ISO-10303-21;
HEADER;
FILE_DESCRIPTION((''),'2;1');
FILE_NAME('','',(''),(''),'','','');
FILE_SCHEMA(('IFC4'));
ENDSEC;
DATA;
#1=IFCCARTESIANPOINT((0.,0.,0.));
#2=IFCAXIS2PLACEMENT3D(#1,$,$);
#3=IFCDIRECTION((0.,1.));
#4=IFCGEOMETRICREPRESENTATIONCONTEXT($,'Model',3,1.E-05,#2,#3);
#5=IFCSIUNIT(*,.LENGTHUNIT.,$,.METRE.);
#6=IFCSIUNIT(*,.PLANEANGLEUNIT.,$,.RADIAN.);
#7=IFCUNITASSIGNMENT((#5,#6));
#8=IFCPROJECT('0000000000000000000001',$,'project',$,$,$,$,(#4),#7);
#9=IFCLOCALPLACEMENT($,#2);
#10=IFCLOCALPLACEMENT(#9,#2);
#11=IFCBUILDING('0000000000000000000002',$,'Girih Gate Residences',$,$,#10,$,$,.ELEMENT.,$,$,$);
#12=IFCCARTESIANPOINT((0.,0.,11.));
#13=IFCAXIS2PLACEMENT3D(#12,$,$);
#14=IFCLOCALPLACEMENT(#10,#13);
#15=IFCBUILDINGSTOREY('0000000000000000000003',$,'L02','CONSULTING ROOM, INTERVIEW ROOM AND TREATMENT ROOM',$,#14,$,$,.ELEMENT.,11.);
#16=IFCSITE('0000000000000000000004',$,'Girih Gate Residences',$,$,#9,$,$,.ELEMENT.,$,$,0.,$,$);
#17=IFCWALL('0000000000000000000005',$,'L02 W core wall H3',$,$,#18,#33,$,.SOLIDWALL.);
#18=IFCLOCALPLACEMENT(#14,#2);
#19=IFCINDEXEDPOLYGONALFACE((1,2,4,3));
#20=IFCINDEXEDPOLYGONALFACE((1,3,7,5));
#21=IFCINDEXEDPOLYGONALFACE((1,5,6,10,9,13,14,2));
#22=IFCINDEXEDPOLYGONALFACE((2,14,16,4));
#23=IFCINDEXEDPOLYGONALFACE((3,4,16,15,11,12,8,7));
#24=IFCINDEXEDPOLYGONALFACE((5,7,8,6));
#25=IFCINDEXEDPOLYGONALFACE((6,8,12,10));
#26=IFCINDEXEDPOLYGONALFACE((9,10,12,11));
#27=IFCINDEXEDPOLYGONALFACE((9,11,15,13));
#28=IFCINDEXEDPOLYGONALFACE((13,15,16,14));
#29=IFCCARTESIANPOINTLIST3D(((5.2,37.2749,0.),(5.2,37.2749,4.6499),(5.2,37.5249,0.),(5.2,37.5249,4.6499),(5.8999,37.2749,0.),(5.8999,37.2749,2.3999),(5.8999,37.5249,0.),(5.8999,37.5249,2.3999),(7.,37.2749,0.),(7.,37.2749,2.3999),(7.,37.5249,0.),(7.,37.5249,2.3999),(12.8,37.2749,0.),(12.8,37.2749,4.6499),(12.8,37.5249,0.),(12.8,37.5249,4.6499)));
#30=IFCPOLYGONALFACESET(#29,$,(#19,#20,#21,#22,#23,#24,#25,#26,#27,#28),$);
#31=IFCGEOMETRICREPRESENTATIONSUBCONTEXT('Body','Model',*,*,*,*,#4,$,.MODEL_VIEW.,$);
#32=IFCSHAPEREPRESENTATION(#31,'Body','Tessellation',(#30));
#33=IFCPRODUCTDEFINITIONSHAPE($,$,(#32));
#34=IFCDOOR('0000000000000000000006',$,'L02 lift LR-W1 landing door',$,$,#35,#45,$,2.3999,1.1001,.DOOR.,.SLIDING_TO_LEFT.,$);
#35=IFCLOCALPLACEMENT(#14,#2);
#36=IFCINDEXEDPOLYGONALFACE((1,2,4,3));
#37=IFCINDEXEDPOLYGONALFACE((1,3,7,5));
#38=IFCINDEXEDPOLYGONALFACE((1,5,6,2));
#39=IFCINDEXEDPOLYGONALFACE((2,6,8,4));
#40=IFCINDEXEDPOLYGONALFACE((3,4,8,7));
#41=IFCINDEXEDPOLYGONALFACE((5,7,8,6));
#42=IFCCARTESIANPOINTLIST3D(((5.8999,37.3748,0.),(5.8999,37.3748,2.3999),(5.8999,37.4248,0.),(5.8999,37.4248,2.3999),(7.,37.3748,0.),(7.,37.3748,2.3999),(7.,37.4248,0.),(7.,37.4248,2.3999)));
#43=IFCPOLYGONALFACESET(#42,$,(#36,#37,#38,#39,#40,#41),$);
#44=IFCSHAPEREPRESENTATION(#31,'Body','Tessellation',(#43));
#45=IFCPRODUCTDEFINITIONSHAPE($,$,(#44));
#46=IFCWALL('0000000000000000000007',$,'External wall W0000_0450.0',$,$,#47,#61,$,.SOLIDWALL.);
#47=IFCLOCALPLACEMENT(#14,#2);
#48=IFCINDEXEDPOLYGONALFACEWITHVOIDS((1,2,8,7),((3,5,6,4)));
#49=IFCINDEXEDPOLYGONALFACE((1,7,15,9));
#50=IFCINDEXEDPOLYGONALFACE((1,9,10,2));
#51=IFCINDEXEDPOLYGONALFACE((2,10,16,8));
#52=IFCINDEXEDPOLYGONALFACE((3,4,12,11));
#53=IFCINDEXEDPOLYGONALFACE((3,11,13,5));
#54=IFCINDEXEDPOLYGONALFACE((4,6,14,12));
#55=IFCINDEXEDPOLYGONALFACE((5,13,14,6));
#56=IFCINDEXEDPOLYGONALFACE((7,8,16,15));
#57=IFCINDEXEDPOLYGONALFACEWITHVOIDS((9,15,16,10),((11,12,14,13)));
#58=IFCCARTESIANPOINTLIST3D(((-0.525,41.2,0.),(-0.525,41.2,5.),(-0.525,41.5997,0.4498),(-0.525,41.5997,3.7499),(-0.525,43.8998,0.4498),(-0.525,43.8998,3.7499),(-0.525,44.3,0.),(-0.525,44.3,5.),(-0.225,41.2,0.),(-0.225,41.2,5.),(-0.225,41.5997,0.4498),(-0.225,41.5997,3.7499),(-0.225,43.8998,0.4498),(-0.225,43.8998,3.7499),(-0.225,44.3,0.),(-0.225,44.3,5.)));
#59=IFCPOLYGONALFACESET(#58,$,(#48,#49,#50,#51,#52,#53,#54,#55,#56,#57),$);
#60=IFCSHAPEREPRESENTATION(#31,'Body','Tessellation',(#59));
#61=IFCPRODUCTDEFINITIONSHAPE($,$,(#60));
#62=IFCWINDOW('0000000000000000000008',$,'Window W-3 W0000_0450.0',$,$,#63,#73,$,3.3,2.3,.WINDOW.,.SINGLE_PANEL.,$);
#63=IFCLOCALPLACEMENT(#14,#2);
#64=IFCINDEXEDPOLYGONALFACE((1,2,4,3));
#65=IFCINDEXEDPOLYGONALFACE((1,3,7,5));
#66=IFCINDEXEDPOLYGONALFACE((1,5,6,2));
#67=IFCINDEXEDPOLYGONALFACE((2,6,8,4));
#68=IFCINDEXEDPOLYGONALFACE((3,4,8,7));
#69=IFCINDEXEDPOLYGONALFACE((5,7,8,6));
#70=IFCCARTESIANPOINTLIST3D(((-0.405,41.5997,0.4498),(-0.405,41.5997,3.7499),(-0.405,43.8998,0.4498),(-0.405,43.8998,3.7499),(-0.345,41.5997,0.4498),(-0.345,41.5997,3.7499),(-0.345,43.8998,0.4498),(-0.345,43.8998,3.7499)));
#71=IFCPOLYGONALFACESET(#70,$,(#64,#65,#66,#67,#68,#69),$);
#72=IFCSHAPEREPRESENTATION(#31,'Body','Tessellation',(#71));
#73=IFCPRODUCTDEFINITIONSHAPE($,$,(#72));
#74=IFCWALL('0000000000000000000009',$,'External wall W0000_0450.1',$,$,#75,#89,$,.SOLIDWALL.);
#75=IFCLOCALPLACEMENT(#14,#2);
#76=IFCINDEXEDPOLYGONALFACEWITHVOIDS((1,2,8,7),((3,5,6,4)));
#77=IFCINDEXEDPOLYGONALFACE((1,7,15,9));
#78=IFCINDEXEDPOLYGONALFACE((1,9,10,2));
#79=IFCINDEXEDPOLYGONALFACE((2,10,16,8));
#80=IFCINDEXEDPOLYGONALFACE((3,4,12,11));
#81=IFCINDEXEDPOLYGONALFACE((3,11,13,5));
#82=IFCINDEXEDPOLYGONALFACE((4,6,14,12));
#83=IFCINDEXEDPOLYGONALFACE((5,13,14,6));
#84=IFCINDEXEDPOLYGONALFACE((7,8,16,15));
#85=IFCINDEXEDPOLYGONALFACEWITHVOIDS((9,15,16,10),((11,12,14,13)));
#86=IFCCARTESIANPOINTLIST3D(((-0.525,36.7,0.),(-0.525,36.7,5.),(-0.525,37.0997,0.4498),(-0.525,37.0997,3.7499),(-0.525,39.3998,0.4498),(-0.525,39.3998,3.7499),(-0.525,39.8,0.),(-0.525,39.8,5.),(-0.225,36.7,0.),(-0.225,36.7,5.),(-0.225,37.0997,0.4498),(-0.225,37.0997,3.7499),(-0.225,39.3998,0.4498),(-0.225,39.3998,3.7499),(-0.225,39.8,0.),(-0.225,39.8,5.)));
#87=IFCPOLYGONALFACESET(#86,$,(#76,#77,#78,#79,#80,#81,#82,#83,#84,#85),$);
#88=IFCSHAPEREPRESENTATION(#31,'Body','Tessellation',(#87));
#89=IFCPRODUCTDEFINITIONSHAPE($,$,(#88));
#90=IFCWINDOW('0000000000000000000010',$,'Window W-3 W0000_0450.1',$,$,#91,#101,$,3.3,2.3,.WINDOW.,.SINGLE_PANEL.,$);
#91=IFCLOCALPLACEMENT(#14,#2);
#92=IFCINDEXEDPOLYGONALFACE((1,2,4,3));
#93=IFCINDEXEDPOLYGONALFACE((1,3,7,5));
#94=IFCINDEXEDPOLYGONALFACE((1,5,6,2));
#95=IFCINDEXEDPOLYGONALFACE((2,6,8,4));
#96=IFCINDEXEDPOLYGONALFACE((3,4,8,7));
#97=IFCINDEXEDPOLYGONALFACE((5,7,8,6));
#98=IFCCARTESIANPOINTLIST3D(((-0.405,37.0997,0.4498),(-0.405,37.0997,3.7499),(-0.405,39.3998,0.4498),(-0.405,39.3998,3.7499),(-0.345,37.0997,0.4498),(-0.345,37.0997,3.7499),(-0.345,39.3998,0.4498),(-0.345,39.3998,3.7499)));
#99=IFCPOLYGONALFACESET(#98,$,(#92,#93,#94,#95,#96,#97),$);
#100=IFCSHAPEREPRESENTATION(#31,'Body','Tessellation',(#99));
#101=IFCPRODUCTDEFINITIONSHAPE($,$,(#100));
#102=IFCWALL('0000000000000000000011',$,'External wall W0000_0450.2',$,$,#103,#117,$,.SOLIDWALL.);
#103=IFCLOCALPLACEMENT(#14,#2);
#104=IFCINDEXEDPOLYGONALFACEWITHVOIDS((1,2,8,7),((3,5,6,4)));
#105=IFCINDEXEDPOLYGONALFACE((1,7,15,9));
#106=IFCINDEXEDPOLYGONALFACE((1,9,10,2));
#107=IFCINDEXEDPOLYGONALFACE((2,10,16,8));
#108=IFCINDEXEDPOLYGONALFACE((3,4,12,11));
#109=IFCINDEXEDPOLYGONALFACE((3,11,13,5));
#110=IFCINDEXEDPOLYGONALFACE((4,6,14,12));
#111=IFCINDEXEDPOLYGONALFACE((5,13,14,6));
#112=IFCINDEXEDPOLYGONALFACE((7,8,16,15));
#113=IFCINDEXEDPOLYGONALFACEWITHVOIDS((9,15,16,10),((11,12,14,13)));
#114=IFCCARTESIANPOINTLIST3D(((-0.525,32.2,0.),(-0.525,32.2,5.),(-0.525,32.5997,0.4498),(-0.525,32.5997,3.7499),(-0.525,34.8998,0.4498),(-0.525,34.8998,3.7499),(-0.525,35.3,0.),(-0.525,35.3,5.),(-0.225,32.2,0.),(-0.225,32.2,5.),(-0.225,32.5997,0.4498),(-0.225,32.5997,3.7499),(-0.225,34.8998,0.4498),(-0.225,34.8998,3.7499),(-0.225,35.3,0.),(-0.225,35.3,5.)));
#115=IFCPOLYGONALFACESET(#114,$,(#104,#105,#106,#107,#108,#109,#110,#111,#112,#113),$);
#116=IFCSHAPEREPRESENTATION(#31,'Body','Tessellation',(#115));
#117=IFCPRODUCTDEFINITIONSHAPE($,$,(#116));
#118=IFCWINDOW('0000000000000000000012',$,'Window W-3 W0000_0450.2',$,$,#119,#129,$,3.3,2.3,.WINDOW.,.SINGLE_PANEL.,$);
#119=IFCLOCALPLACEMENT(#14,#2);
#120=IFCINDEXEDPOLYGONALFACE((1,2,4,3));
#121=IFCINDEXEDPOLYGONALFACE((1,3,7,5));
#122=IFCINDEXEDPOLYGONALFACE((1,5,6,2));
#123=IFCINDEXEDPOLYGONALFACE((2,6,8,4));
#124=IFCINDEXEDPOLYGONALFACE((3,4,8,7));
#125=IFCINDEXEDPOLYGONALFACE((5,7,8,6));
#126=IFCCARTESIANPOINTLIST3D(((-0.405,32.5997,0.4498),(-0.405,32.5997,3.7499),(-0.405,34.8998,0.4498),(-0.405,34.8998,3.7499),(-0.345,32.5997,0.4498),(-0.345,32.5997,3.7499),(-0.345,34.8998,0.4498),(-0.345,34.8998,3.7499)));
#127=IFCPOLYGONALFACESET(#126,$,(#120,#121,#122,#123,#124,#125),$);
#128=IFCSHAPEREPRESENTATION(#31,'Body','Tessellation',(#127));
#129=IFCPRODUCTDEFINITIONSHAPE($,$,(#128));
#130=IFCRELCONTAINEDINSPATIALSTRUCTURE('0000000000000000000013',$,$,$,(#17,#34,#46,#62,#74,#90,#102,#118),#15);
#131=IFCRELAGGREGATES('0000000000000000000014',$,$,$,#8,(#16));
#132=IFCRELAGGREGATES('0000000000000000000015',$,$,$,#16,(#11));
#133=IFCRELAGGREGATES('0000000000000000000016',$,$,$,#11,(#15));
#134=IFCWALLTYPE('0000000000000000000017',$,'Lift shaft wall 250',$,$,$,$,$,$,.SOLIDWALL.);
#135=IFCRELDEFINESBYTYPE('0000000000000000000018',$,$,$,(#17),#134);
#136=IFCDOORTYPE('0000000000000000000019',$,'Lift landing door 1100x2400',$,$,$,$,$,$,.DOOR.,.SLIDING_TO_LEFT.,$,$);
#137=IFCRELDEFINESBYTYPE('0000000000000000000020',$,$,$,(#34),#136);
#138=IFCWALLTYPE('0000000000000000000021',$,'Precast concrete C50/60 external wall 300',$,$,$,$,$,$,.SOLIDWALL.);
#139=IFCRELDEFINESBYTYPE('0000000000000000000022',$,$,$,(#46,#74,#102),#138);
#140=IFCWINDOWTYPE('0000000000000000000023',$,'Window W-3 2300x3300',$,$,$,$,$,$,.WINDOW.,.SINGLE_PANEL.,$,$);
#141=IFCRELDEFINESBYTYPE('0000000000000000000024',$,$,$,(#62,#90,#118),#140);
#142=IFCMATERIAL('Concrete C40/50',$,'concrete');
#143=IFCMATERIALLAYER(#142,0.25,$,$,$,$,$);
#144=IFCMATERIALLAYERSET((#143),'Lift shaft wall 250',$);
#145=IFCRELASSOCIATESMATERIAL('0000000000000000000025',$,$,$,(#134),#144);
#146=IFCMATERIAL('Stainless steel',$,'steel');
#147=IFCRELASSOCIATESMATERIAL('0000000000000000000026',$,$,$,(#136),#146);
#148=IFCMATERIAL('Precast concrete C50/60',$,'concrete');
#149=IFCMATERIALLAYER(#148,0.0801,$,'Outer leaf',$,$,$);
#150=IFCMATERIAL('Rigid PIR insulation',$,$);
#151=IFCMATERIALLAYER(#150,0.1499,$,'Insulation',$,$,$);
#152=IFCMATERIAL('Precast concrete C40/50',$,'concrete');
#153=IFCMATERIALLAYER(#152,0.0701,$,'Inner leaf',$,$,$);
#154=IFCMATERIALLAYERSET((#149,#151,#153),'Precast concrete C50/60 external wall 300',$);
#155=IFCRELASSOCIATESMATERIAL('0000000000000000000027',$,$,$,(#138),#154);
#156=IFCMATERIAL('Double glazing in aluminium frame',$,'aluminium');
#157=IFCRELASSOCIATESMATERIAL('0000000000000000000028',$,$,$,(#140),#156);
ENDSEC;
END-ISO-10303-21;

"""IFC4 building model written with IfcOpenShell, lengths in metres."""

from ifc_helpers import new_model, si_unit, direction, frame, frame_2d, origin, place, context, subcontext, project, spatial, rectangle, extrude, material, layer, layer_set, type_object, element, fill, save


model = new_model("IFC4")

# Units and contexts
model_context = context("Model", 3, precision=1e-05, world=origin(), true_north=direction((0.0, 1.0)))
body_context = subcontext(model_context, "Body", "Model", "MODEL_VIEW")
ifc_project = project(units=[si_unit("LENGTHUNIT", "METRE"), si_unit("PLANEANGLEUNIT", "RADIAN")], contexts=[model_context])

# Site, building, storey
site_placement = place(None, origin())
site = spatial("IfcSite", under=ifc_project, at=site_placement, Name="Girih Gate Residences", CompositionType="ELEMENT", RefElevation=0.0)
building_placement = place(site_placement, origin())
building = spatial("IfcBuilding", under=site, at=building_placement, Name="Girih Gate Residences", CompositionType="ELEMENT")
storey_placement = place(building_placement, frame((0.0, 0.0, 11.0)))
storey = spatial("IfcBuildingStorey", under=building, at=storey_placement, Name="L02", Description="CONSULTING ROOM, INTERVIEW ROOM AND TREATMENT ROOM", CompositionType="ELEMENT", Elevation=11.0)

# Shared definitions
ifc_material_1 = material(Name="Concrete C40/50", Category="concrete")
ifc_layer_1 = layer(ifc_material_1, 0.25)
ifc_layer_set_1 = layer_set([ifc_layer_1], Name="Lift shaft wall 250")
wall_type_1 = type_object("IfcWallType", Name="Lift shaft wall 250", PredefinedType="SOLIDWALL", material=ifc_layer_set_1)

# Wall, opening, door
wall_1_placement = place(storey_placement, frame((5.2, 37.3999, 0.0), z_axis=(0.0, 0.0, 1.0), x_axis=(1.0, 0.0, 0.0)))
wall_1 = element("IfcWall", 1, at=wall_1_placement, inside=storey, type_object=wall_type_1, Name="L02 W core wall H3", PredefinedType="SOLIDWALL", context=body_context, shape_type="SweptSolid", body=[
    extrude(rectangle(XDim=7.6001, YDim=0.25, at=frame_2d((3.8, 0.0))), origin(), (0.0, 0.0, 1.0), 4.6499),
])
opening_1_placement = place(wall_1_placement, frame((0.7, 0.0, 0.0)))
opening_1 = element("IfcOpeningElement", 2, at=opening_1_placement, cuts=wall_1, PredefinedType="OPENING", context=body_context, shape_type="SweptSolid", body=[
    extrude(rectangle(XDim=1.1001, YDim=2.3999, at=frame_2d((0.55, 1.2))), frame((0.0, 0.135, 0.0), z_axis=(0.0, -1.0, 0.0), x_axis=(1.0, 0.0, 0.0)), (0.0, 0.0, 1.0), 0.27),
])
ifc_material_2 = material(Name="Stainless steel", Category="steel")
door_type_1 = type_object("IfcDoorType", Name="Lift landing door 1100x2400", OperationType="SLIDING_TO_LEFT", PredefinedType="DOOR", material=ifc_material_2)
door_1_placement = place(opening_1_placement, origin())
door_1 = element("IfcDoor", 3, at=door_1_placement, inside=storey, type_object=door_type_1, Name="L02 lift LR-W1 landing door", OperationType="SLIDING_TO_LEFT", OverallHeight=2.3999, OverallWidth=1.1001, PredefinedType="DOOR", context=body_context, shape_type="SweptSolid", body=[
    extrude(rectangle(XDim=1.1001, YDim=2.3999, at=frame_2d((0.55, 1.2))), frame((0.0, 0.0249, 0.0), z_axis=(0.0, -1.0, 0.0), x_axis=(1.0, 0.0, 0.0)), (0.0, 0.0, 1.0), 0.05),
])
fill(opening_1, door_1)

# Walls, openings, windows
ifc_material_3 = material(Name="Precast concrete C50/60", Category="concrete")
ifc_layer_2 = layer(ifc_material_3, 0.0801, Name="Outer leaf")
ifc_material_4 = material(Name="Rigid PIR insulation")
ifc_layer_3 = layer(ifc_material_4, 0.1499, Name="Insulation")
ifc_material_5 = material(Name="Precast concrete C40/50", Category="concrete")
ifc_layer_4 = layer(ifc_material_5, 0.0701, Name="Inner leaf")
ifc_layer_set_2 = layer_set([ifc_layer_2, ifc_layer_3, ifc_layer_4], Name="Precast concrete C50/60 external wall 300")
wall_type_2 = type_object("IfcWallType", Name="Precast concrete C50/60 external wall 300", PredefinedType="SOLIDWALL", material=ifc_layer_set_2)
wall_2_placement = place(storey_placement, frame((-0.375, 41.2, 0.0), z_axis=(0.0, 0.0, 1.0), x_axis=(0.0, 1.0, 0.0)))
wall_2 = element("IfcWall", 4, at=wall_2_placement, inside=storey, type_object=wall_type_2, Name="External wall W0000_0450.0", PredefinedType="SOLIDWALL", context=body_context, shape_type="SweptSolid", body=[
    extrude(rectangle(XDim=3.1001, YDim=0.3, at=frame_2d((1.55, 0.0))), origin(), (0.0, 0.0, 1.0), 5.0),
])
opening_2_placement = place(wall_2_placement, frame((0.3999, 0.0, 0.45)))
opening_2 = element("IfcOpeningElement", 5, at=opening_2_placement, cuts=wall_2, PredefinedType="OPENING", context=body_context, shape_type="SweptSolid", body=[
    extrude(rectangle(XDim=2.3, YDim=3.3, at=frame_2d((1.1499, 1.6499))), frame((0.0, 0.1599, 0.0), z_axis=(0.0, -1.0, 0.0), x_axis=(1.0, 0.0, 0.0)), (0.0, 0.0, 1.0), 0.3201),
])
ifc_material_6 = material(Name="Double glazing in aluminium frame", Category="aluminium")
window_type = type_object("IfcWindowType", Name="Window W-3 2300x3300", PartitioningType="SINGLE_PANEL", PredefinedType="WINDOW", material=ifc_material_6)
window_1_placement = place(opening_2_placement, origin())
window_1 = element("IfcWindow", 6, at=window_1_placement, inside=storey, type_object=window_type, Name="Window W-3 W0000_0450.0", OverallHeight=3.3, OverallWidth=2.3, PartitioningType="SINGLE_PANEL", PredefinedType="WINDOW", context=body_context, shape_type="SweptSolid", body=[
    extrude(rectangle(XDim=2.3, YDim=3.3, at=frame_2d((1.1499, 1.6499))), frame((0.0, 0.03, 0.0), z_axis=(0.0, -1.0, 0.0), x_axis=(1.0, 0.0, 0.0)), (0.0, 0.0, 1.0), 0.0601),
])
fill(opening_2, window_1)
wall_3_placement = place(storey_placement, frame((-0.375, 36.7, 0.0), z_axis=(0.0, 0.0, 1.0), x_axis=(0.0, 1.0, 0.0)))
wall_3 = element("IfcWall", 7, at=wall_3_placement, inside=storey, type_object=wall_type_2, Name="External wall W0000_0450.1", PredefinedType="SOLIDWALL", context=body_context, shape_type="SweptSolid", body=[
    extrude(rectangle(XDim=3.1001, YDim=0.3, at=frame_2d((1.55, 0.0))), origin(), (0.0, 0.0, 1.0), 5.0),
])
opening_3_placement = place(wall_3_placement, frame((0.3999, 0.0, 0.45)))
opening_3 = element("IfcOpeningElement", 8, at=opening_3_placement, cuts=wall_3, PredefinedType="OPENING", context=body_context, shape_type="SweptSolid", body=[
    extrude(rectangle(XDim=2.3, YDim=3.3, at=frame_2d((1.1499, 1.6499))), frame((0.0, 0.1599, 0.0), z_axis=(0.0, -1.0, 0.0), x_axis=(1.0, 0.0, 0.0)), (0.0, 0.0, 1.0), 0.3201),
])
window_2_placement = place(opening_3_placement, origin())
window_2 = element("IfcWindow", 9, at=window_2_placement, inside=storey, type_object=window_type, Name="Window W-3 W0000_0450.1", OverallHeight=3.3, OverallWidth=2.3, PartitioningType="SINGLE_PANEL", PredefinedType="WINDOW", context=body_context, shape_type="SweptSolid", body=[
    extrude(rectangle(XDim=2.3, YDim=3.3, at=frame_2d((1.1499, 1.6499))), frame((0.0, 0.03, 0.0), z_axis=(0.0, -1.0, 0.0), x_axis=(1.0, 0.0, 0.0)), (0.0, 0.0, 1.0), 0.0601),
])
fill(opening_3, window_2)
wall_4_placement = place(storey_placement, frame((-0.375, 32.2, 0.0), z_axis=(0.0, 0.0, 1.0), x_axis=(0.0, 1.0, 0.0)))
wall_4 = element("IfcWall", 10, at=wall_4_placement, inside=storey, type_object=wall_type_2, Name="External wall W0000_0450.2", PredefinedType="SOLIDWALL", context=body_context, shape_type="SweptSolid", body=[
    extrude(rectangle(XDim=3.1001, YDim=0.3, at=frame_2d((1.55, 0.0))), origin(), (0.0, 0.0, 1.0), 5.0),
])
opening_4_placement = place(wall_4_placement, frame((0.3999, 0.0, 0.45)))
opening_4 = element("IfcOpeningElement", 11, at=opening_4_placement, cuts=wall_4, PredefinedType="OPENING", context=body_context, shape_type="SweptSolid", body=[
    extrude(rectangle(XDim=2.3, YDim=3.3, at=frame_2d((1.1499, 1.6499))), frame((0.0, 0.1599, 0.0), z_axis=(0.0, -1.0, 0.0), x_axis=(1.0, 0.0, 0.0)), (0.0, 0.0, 1.0), 0.3201),
])
window_3_placement = place(opening_4_placement, origin())
window_3 = element("IfcWindow", 12, at=window_3_placement, inside=storey, type_object=window_type, Name="Window W-3 W0000_0450.2", OverallHeight=3.3, OverallWidth=2.3, PartitioningType="SINGLE_PANEL", PredefinedType="WINDOW", context=body_context, shape_type="SweptSolid", body=[
    extrude(rectangle(XDim=2.3, YDim=3.3, at=frame_2d((1.1499, 1.6499))), frame((0.0, 0.03, 0.0), z_axis=(0.0, -1.0, 0.0), x_axis=(1.0, 0.0, 0.0)), (0.0, 0.0, 1.0), 0.0601),
])
fill(opening_4, window_3)

save(model, "model.ifc")
